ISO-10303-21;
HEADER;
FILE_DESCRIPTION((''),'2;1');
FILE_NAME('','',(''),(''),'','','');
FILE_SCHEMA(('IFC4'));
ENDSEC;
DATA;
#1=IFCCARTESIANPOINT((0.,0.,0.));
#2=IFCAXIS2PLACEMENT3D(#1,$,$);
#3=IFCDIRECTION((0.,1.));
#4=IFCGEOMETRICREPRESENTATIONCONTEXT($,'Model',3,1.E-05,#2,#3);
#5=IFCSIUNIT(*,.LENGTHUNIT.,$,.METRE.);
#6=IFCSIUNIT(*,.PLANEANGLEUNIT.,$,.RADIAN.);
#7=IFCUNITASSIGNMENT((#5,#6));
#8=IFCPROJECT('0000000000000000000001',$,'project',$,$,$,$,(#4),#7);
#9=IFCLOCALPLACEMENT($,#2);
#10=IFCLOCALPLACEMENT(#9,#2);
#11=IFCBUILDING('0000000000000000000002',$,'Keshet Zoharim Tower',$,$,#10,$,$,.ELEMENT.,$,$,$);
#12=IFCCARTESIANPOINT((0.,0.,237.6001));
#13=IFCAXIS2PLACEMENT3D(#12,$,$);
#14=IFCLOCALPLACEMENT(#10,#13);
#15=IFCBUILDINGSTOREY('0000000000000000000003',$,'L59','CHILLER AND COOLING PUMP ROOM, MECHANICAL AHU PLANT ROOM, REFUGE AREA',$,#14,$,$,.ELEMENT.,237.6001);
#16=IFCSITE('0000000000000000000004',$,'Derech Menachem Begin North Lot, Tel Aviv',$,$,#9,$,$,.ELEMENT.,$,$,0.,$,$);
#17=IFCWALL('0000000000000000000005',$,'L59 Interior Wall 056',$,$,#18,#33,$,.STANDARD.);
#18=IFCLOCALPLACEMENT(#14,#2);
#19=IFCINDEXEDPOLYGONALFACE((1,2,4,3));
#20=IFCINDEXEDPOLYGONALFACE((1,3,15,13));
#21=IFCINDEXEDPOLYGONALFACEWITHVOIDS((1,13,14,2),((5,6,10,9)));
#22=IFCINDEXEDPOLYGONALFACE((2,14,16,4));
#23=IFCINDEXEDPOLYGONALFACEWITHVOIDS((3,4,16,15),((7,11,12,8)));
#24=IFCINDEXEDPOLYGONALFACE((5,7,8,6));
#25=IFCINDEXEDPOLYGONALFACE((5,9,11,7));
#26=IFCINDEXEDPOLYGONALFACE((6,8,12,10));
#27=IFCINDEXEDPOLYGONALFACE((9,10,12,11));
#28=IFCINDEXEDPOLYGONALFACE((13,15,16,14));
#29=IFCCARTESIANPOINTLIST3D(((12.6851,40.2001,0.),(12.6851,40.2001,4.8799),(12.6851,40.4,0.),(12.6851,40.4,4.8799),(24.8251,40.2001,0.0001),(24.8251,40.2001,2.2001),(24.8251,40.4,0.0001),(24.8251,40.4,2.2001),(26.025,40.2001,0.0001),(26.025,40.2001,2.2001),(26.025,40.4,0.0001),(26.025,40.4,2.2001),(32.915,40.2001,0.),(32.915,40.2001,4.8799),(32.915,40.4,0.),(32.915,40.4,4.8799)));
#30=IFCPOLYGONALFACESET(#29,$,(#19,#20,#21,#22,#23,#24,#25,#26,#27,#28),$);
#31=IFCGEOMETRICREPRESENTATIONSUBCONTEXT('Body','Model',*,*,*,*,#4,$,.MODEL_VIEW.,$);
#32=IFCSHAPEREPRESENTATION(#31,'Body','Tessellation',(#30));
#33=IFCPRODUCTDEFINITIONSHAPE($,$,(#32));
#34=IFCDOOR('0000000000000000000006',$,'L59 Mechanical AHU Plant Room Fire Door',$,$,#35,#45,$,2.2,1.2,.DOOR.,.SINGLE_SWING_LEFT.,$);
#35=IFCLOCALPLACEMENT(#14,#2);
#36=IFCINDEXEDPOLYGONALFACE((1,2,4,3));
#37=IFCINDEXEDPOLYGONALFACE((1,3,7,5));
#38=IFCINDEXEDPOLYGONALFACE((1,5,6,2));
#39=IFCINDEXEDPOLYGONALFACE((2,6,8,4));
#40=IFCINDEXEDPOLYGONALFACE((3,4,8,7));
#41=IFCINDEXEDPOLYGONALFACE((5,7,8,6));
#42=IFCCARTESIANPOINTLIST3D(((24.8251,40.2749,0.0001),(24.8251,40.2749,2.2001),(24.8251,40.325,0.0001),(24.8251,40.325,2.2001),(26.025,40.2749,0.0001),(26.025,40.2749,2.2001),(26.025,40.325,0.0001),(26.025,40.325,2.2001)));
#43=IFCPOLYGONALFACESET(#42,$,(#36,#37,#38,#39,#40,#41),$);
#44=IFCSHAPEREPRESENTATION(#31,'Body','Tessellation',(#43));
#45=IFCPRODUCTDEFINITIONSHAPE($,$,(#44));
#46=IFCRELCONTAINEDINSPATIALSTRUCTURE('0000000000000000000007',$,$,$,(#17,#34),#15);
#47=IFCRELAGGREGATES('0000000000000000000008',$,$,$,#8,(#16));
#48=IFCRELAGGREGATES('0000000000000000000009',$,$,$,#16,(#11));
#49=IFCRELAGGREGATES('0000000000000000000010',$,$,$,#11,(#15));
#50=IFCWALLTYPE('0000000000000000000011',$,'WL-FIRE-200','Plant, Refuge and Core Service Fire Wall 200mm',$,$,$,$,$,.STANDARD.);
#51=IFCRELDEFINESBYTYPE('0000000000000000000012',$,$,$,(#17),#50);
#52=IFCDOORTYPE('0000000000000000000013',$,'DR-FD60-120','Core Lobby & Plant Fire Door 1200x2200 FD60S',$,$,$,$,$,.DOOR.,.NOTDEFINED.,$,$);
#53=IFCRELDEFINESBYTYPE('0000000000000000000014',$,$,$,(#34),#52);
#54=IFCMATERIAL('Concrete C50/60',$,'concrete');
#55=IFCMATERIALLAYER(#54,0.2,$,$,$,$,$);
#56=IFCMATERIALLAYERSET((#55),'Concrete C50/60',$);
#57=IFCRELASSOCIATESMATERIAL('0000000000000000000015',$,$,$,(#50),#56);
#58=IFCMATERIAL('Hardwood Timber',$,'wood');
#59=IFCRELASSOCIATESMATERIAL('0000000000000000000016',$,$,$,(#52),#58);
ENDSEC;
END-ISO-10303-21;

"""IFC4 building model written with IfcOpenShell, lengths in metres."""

from ifc_helpers import new_model, si_unit, direction, frame, frame_2d, origin, place, context, subcontext, project, spatial, rectangle, extrude, material, layer, layer_set, type_object, element, fill, save


model = new_model("IFC4")

# Units and contexts
model_context = context("Model", 3, precision=1e-05, world=origin(), true_north=direction((0.0, 1.0)))
body_context = subcontext(model_context, "Body", "Model", "MODEL_VIEW")
ifc_project = project(units=[si_unit("LENGTHUNIT", "METRE"), si_unit("PLANEANGLEUNIT", "RADIAN")], contexts=[model_context])

# Site, building, storey
site_placement = place(None, origin())
site = spatial("IfcSite", under=ifc_project, at=site_placement, Name="Derech Menachem Begin North Lot, Tel Aviv", CompositionType="ELEMENT", RefElevation=0.0)
building_placement = place(site_placement, origin())
building = spatial("IfcBuilding", under=site, at=building_placement, Name="Keshet Zoharim Tower", CompositionType="ELEMENT")
storey_placement = place(building_placement, frame((0.0, 0.0, 237.6001)))
storey = spatial("IfcBuildingStorey", under=building, at=storey_placement, Name="L59", Description="CHILLER AND COOLING PUMP ROOM, MECHANICAL AHU PLANT ROOM, REFUGE AREA", CompositionType="ELEMENT", Elevation=237.6001)

# Shared definitions
ifc_material_1 = material(Name="Concrete C50/60", Category="concrete")
ifc_layer_1 = layer(ifc_material_1, 0.2)
ifc_layer_set_1 = layer_set([ifc_layer_1], Name="Concrete C50/60")
wall_type_1 = type_object("IfcWallType", Name="WL-FIRE-200", Description="Plant, Refuge and Core Service Fire Wall 200mm", PredefinedType="STANDARD", material=ifc_layer_set_1)
ifc_material_2 = material(Name="Hardwood Timber", Category="wood")
door_type = type_object("IfcDoorType", Name="DR-FD60-120", Description="Core Lobby & Plant Fire Door 1200x2200 FD60S", OperationType="NOTDEFINED", PredefinedType="DOOR", material=ifc_material_2)

# Wall, opening, door
wall_1_placement = place(storey_placement, frame((12.6851, 40.3, 0.0), z_axis=(0.0, 0.0, 1.0), x_axis=(1.0, 0.0, 0.0)))
wall_1 = element("IfcWall", 1, at=wall_1_placement, inside=storey, type_object=wall_type_1, Name="L59 Interior Wall 056", PredefinedType="STANDARD", context=body_context, shape_type="SweptSolid", body=[
    extrude(rectangle(XDim=20.23, YDim=0.2, at=frame_2d((10.115, 0.0))), origin(), (0.0, 0.0, 1.0), 4.8799),
])
opening_1_placement = place(wall_1_placement, frame((12.1399, 0.0, 0.0)))
opening_1 = element("IfcOpeningElement", 2, at=opening_1_placement, cuts=wall_1, PredefinedType="OPENING", context=body_context, shape_type="SweptSolid", body=[
    extrude(rectangle(XDim=1.2, YDim=2.2, at=frame_2d((0.6001, 1.1001))), frame((0.0, 0.1099, 0.0), z_axis=(0.0, -1.0, 0.0), x_axis=(1.0, 0.0, 0.0)), (0.0, 0.0, 1.0), 0.22),
])
door_1_placement = place(opening_1_placement, origin())
door_1 = element("IfcDoor", 3, at=door_1_placement, inside=storey, type_object=door_type, Name="L59 Mechanical AHU Plant Room Fire Door", OperationType="SINGLE_SWING_LEFT", OverallHeight=2.2, OverallWidth=1.2, PredefinedType="DOOR", context=body_context, shape_type="SweptSolid", body=[
    extrude(rectangle(XDim=1.2, YDim=2.2, at=frame_2d((0.6001, 1.1001))), frame((0.0, 0.0249, 0.0), z_axis=(0.0, -1.0, 0.0), x_axis=(1.0, 0.0, 0.0)), (0.0, 0.0, 1.0), 0.05),
])
fill(opening_1, door_1)

save(model, "model.ifc")
